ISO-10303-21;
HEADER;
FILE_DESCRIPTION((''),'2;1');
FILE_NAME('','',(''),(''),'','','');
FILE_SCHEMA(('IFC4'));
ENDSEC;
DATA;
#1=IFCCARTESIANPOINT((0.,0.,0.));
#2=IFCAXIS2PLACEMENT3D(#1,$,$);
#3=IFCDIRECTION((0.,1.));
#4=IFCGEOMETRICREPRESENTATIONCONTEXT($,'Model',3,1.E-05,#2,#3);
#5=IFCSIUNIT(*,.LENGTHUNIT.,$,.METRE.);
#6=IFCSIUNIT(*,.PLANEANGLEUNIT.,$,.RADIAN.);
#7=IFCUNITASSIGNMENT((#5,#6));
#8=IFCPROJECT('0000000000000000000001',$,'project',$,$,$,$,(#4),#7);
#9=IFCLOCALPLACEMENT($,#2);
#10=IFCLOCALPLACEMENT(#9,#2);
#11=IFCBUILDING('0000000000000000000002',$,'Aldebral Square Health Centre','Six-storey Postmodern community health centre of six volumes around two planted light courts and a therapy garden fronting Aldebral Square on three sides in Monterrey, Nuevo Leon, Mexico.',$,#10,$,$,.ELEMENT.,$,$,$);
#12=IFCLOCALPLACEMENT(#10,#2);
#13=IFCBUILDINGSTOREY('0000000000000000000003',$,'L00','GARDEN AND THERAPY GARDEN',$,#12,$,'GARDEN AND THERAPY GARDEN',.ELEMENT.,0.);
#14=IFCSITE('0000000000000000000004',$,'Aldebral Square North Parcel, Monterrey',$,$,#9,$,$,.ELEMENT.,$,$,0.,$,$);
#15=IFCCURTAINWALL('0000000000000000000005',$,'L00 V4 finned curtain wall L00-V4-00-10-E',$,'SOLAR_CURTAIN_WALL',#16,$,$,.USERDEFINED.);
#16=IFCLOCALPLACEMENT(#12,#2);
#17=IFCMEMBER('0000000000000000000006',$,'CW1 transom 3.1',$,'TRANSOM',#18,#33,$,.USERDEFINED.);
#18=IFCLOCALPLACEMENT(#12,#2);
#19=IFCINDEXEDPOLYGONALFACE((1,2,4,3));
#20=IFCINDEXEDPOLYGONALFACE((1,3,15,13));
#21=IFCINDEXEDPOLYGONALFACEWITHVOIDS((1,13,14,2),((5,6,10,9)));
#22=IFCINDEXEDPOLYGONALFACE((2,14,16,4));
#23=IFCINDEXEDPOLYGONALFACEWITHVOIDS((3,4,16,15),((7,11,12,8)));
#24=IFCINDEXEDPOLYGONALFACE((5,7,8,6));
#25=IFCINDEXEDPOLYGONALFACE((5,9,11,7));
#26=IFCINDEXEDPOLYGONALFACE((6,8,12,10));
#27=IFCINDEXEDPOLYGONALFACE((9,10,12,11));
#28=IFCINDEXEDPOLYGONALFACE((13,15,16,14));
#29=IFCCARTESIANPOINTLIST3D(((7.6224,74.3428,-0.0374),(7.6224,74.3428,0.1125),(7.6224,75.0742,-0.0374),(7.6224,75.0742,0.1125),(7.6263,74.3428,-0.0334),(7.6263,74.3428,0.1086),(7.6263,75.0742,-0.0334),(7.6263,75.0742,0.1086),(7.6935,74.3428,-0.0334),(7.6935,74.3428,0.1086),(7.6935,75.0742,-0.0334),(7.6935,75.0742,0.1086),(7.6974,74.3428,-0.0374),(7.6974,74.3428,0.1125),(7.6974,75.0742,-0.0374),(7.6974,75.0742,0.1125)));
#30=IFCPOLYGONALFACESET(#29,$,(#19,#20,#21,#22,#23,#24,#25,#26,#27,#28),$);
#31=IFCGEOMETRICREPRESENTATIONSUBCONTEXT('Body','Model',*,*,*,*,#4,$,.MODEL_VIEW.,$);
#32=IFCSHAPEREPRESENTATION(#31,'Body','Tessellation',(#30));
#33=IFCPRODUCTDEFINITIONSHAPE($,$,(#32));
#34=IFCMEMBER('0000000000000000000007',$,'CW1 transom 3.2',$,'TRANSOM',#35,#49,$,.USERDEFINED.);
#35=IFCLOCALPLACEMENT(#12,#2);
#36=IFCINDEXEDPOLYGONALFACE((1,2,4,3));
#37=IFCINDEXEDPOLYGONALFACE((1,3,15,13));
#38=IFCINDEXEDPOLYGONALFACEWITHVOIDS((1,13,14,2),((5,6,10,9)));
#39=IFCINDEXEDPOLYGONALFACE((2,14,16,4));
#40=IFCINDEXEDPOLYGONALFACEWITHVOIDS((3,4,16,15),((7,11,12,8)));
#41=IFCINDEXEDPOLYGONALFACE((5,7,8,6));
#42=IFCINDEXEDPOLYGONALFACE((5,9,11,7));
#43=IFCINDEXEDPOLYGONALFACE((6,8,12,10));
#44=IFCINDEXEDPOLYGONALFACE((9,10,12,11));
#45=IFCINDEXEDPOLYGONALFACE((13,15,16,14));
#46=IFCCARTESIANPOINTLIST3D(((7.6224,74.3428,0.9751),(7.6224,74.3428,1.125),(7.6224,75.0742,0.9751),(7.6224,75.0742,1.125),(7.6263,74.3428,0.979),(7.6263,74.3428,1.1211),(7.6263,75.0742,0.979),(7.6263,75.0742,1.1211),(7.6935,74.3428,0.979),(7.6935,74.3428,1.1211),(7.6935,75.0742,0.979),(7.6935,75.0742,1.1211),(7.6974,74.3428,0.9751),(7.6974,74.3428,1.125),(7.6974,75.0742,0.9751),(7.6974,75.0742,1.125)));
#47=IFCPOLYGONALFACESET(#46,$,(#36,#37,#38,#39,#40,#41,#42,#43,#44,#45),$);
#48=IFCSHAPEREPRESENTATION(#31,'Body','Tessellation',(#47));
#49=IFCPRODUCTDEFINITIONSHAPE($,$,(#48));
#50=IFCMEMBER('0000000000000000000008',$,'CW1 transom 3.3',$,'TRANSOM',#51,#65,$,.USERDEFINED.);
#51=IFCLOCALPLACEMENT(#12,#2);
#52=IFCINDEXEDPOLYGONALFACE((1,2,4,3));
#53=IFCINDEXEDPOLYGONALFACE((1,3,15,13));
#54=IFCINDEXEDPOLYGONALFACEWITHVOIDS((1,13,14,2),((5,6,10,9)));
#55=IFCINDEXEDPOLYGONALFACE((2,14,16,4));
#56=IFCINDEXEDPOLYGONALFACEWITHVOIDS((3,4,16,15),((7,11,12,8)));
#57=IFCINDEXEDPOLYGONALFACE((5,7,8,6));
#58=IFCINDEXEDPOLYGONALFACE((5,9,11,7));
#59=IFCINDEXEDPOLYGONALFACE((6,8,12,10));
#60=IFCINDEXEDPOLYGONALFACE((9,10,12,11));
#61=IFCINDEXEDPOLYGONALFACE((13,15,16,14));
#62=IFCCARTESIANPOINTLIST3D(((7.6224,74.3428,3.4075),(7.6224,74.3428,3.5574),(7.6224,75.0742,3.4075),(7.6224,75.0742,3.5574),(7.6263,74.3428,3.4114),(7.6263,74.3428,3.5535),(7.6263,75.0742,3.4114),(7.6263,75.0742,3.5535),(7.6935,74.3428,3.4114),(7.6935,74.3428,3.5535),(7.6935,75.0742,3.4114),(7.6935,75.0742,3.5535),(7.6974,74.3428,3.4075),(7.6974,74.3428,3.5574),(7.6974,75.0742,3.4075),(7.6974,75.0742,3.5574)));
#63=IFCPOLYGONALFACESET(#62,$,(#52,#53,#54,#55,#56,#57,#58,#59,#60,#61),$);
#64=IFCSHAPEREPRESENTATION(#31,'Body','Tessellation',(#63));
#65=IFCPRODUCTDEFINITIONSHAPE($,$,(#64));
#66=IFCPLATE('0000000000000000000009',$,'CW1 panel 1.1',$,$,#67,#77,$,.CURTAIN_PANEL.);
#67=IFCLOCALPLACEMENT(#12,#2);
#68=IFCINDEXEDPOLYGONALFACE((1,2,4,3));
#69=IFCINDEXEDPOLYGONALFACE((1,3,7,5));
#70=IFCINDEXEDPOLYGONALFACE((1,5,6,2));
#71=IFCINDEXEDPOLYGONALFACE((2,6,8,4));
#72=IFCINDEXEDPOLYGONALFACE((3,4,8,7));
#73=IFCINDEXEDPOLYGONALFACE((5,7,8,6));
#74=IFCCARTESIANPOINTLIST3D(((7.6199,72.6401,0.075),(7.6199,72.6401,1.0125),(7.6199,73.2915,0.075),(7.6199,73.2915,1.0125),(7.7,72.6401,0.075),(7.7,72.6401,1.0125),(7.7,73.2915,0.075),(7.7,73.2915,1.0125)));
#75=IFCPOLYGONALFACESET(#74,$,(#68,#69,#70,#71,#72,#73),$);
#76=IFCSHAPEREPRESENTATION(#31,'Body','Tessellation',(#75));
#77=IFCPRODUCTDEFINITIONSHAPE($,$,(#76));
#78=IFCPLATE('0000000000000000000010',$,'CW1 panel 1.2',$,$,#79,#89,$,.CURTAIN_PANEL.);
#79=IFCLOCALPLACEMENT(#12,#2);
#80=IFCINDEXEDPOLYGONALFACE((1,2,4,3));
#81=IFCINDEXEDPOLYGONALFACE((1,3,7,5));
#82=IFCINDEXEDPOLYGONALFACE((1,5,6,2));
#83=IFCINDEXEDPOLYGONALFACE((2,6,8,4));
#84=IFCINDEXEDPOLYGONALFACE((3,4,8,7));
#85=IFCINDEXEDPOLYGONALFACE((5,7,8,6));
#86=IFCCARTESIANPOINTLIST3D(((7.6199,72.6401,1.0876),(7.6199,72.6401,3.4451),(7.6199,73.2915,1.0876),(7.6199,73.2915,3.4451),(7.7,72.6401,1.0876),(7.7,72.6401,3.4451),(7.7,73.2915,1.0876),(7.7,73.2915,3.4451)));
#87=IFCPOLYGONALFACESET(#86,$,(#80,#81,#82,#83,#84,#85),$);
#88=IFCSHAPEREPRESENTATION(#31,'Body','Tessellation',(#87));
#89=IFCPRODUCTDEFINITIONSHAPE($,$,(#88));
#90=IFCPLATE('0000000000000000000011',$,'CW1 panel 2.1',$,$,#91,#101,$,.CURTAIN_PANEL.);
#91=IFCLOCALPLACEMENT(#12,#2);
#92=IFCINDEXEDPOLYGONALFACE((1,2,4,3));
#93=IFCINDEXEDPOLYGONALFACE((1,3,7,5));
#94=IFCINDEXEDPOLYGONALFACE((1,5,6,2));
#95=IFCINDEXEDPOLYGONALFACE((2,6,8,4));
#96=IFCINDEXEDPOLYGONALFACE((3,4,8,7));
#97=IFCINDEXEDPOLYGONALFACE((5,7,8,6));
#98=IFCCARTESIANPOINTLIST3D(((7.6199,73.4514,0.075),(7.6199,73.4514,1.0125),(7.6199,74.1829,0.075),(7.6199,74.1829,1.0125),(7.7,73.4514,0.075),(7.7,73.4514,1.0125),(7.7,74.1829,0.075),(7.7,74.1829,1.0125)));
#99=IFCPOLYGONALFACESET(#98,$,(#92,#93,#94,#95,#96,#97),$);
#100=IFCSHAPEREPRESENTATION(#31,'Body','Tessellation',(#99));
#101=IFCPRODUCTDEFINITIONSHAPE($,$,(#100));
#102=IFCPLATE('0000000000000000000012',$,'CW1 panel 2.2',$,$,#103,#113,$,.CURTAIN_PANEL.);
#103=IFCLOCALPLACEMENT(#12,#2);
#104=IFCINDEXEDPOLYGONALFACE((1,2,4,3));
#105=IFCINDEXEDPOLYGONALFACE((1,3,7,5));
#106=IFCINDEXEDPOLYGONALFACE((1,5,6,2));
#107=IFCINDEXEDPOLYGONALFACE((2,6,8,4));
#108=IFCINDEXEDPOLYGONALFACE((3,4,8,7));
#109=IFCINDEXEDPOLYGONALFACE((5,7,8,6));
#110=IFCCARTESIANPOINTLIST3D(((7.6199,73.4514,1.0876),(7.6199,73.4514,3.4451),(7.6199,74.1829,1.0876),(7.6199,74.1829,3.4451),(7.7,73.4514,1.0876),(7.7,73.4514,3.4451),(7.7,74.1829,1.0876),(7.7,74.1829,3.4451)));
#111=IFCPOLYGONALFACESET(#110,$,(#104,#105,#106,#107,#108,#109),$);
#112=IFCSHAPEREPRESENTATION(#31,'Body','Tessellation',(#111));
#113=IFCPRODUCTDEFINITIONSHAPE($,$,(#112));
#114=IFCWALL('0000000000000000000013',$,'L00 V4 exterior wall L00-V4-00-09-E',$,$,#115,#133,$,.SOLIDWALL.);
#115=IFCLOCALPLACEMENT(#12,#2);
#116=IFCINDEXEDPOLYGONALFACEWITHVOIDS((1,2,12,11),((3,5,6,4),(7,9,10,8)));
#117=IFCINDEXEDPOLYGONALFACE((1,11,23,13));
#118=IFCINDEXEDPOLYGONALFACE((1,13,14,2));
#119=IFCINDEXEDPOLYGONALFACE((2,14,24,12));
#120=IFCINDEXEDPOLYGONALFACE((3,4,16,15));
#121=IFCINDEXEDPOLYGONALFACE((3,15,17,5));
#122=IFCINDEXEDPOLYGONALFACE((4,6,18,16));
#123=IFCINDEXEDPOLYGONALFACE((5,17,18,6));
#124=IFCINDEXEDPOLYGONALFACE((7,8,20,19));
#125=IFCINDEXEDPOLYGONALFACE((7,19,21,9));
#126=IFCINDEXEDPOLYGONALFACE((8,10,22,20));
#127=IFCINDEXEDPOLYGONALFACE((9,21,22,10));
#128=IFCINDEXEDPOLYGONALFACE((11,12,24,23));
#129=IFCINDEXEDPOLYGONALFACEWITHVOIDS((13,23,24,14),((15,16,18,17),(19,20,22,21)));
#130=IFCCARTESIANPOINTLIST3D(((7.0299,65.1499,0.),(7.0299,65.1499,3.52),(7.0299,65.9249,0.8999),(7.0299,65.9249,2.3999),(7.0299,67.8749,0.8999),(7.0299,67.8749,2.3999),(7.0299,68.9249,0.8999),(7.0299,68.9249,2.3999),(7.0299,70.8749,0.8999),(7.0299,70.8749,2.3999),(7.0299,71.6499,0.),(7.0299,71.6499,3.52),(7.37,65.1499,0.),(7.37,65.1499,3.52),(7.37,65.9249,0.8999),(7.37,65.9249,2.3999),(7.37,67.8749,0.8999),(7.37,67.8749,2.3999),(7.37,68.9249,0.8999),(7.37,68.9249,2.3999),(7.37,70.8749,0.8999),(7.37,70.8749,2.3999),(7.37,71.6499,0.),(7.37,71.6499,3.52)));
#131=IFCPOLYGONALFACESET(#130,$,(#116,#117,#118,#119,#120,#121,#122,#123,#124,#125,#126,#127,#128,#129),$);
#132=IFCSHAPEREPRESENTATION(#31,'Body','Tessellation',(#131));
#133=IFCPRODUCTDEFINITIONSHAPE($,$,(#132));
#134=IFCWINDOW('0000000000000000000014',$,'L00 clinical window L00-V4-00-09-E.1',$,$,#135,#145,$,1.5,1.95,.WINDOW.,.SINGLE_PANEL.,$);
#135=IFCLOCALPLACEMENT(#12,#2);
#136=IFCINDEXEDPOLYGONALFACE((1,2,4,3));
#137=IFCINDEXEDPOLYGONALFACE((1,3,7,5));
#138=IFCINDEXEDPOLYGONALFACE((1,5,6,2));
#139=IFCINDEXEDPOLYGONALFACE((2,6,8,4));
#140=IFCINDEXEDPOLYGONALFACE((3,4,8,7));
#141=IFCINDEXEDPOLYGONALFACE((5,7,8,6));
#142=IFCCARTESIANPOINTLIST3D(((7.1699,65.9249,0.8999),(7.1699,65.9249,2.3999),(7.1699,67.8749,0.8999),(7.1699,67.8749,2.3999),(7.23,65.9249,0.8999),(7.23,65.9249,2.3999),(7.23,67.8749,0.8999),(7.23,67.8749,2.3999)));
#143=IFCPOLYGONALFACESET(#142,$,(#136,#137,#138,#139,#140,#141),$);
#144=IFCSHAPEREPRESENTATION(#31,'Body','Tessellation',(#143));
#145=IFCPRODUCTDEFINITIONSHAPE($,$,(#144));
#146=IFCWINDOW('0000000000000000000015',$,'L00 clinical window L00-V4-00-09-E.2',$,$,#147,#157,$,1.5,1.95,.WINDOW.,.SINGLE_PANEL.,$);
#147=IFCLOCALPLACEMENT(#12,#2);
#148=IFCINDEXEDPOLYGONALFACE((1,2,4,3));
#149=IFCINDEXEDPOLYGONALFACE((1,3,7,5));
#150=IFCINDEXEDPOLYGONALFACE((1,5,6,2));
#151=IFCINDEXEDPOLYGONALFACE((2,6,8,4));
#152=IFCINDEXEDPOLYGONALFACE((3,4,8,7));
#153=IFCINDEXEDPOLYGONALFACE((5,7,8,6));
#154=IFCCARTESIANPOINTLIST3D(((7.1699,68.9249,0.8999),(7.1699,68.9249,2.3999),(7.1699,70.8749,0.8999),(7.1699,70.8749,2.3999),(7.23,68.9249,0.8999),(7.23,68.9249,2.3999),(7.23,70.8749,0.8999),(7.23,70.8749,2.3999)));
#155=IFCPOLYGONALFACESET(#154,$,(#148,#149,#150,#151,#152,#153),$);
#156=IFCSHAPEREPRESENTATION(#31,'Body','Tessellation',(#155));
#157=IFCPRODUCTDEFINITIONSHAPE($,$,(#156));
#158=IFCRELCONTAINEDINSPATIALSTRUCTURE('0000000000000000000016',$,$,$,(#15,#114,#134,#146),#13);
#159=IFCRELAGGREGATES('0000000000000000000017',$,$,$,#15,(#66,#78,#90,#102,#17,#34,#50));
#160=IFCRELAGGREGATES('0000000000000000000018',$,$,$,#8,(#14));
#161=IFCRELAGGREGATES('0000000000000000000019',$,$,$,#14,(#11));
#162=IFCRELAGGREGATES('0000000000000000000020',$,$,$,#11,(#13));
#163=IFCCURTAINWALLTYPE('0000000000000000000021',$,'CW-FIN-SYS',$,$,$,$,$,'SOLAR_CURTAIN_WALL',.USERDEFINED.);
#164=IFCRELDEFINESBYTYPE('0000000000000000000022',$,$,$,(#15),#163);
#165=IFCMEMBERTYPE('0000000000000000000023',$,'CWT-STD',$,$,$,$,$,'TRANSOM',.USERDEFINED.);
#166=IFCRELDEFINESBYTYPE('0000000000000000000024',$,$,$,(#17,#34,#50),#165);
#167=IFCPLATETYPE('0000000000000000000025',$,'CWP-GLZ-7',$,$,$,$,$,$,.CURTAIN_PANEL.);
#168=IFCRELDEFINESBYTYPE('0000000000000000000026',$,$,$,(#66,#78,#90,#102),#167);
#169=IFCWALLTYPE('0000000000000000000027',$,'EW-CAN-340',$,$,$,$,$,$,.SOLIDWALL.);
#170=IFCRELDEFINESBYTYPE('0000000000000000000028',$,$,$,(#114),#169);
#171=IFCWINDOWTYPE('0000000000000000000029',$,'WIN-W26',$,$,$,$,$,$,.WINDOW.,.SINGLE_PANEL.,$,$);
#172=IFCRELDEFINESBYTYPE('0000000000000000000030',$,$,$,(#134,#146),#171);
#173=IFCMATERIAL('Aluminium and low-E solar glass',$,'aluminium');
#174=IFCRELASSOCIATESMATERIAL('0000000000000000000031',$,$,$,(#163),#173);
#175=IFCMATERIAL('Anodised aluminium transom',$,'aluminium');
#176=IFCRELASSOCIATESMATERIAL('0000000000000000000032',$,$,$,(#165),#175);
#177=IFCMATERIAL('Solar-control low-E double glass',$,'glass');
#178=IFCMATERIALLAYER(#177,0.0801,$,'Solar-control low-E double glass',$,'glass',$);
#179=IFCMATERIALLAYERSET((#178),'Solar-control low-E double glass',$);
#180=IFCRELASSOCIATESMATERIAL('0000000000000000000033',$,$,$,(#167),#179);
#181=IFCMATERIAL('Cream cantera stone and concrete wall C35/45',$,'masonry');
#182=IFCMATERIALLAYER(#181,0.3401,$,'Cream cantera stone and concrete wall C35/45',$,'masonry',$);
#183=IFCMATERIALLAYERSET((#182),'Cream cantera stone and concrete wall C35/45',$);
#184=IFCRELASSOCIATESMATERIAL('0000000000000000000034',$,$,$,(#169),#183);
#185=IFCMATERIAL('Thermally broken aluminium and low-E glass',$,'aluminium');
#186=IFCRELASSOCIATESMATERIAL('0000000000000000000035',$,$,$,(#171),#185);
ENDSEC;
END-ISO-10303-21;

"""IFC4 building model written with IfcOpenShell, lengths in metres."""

from ifc_helpers import new_model, si_unit, direction, frame, frame_2d, origin, origin_2d, place, context, subcontext, project, spatial, rectangle, hollow_rectangle, extrude, material, layer, layer_set, material_profile, profile_set, type_object, element, fill, aggregate, save


model = new_model("IFC4")

# Units and contexts
model_context = context("Model", 3, precision=1e-05, world=origin(), true_north=direction((0.0, 1.0)))
body_context = subcontext(model_context, "Body", "Model", "MODEL_VIEW")
ifc_project = project(units=[si_unit("LENGTHUNIT", "METRE"), si_unit("PLANEANGLEUNIT", "RADIAN")], contexts=[model_context])

# Site, building, storey
site_placement = place(None, origin())
site = spatial("IfcSite", under=ifc_project, at=site_placement, Name="Aldebral Square North Parcel, Monterrey", CompositionType="ELEMENT", RefElevation=0.0)
building_placement = place(site_placement, origin())
building = spatial("IfcBuilding", under=site, at=building_placement, Name="Aldebral Square Health Centre", Description="Six-storey Postmodern community health centre of six volumes around two planted light courts and a therapy garden fronting Aldebral Square on three sides in Monterrey, Nuevo Leon, Mexico.", CompositionType="ELEMENT")
storey_placement = place(building_placement, origin())
storey = spatial("IfcBuildingStorey", under=building, at=storey_placement, Name="L00", Description="GARDEN AND THERAPY GARDEN", LongName="GARDEN AND THERAPY GARDEN", CompositionType="ELEMENT", Elevation=0.0)

# Curtain wall, members, plates
ifc_material_1 = material(Name="Aluminium and low-E solar glass", Category="aluminium")
curtain_wall_type = type_object("IfcCurtainWallType", Name="CW-FIN-SYS", ElementType="SOLAR_CURTAIN_WALL", PredefinedType="USERDEFINED", material=ifc_material_1)
curtain_wall_placement = place(storey_placement, origin())
curtain_wall = element("IfcCurtainWall", 1, at=curtain_wall_placement, inside=storey, type_object=curtain_wall_type, Name="L00 V4 finned curtain wall L00-V4-00-10-E", ObjectType="SOLAR_CURTAIN_WALL", PredefinedType="USERDEFINED")
ifc_material_2 = material(Name="Anodised aluminium transom", Category="aluminium")
ifc_material_profile_1 = material_profile(ifc_material_2, hollow_rectangle(XDim=0.075, YDim=0.1499, WallThickness=0.0039, at=origin_2d()), Name="CWT 75x150x4")
ifc_profile_set_1 = profile_set([ifc_material_profile_1], Name="Anodised aluminium transom")
member_type_1 = type_object("IfcMemberType", Name="CWT-STD", ElementType="TRANSOM", PredefinedType="USERDEFINED", material=ifc_profile_set_1)
member_1_placement = place(storey_placement, frame((7.6599, 74.3428, 0.0376), z_axis=(0.0, 1.0, 0.0), x_axis=(-1.0, 0.0, 0.0)))
member_1 = element("IfcMember", 2, at=member_1_placement, type_object=member_type_1, Name="CW1 transom 3.1", ObjectType="TRANSOM", PredefinedType="USERDEFINED", context=body_context, shape_type="SweptSolid", body=[
    extrude(hollow_rectangle(XDim=0.075, YDim=0.1499, WallThickness=0.0039, at=origin_2d()), origin(), (0.0, 0.0, 1.0), 0.7314),
])
member_2_placement = place(storey_placement, frame((7.6599, 74.3428, 1.05), z_axis=(0.0, 1.0, 0.0), x_axis=(-1.0, 0.0, 0.0)))
member_2 = element("IfcMember", 3, at=member_2_placement, type_object=member_type_1, Name="CW1 transom 3.2", ObjectType="TRANSOM", PredefinedType="USERDEFINED", context=body_context, shape_type="SweptSolid", body=[
    extrude(hollow_rectangle(XDim=0.075, YDim=0.1499, WallThickness=0.0039, at=origin_2d()), origin(), (0.0, 0.0, 1.0), 0.7314),
])
member_3_placement = place(storey_placement, frame((7.6599, 74.3428, 3.4824), z_axis=(0.0, 1.0, 0.0), x_axis=(-1.0, 0.0, 0.0)))
member_3 = element("IfcMember", 4, at=member_3_placement, type_object=member_type_1, Name="CW1 transom 3.3", ObjectType="TRANSOM", PredefinedType="USERDEFINED", context=body_context, shape_type="SweptSolid", body=[
    extrude(hollow_rectangle(XDim=0.075, YDim=0.1499, WallThickness=0.0039, at=origin_2d()), origin(), (0.0, 0.0, 1.0), 0.7314),
])
ifc_material_3 = material(Name="Solar-control low-E double glass", Category="glass")
ifc_layer_1 = layer(ifc_material_3, 0.0801, Name="Solar-control low-E double glass", Category="glass")
ifc_layer_set_1 = layer_set([ifc_layer_1], Name="Solar-control low-E double glass")
plate_type = type_object("IfcPlateType", Name="CWP-GLZ-7", PredefinedType="CURTAIN_PANEL", material=ifc_layer_set_1)
plate_1_placement = place(storey_placement, frame((7.6599, 72.9658, 0.075), z_axis=(0.0, 0.0, 1.0), x_axis=(0.0, 1.0, 0.0)))
plate_1 = element("IfcPlate", 5, at=plate_1_placement, type_object=plate_type, Name="CW1 panel 1.1", PredefinedType="CURTAIN_PANEL", context=body_context, shape_type="SweptSolid", body=[
    extrude(rectangle(XDim=0.6514, YDim=0.0801, at=origin_2d()), origin(), (0.0, 0.0, 1.0), 0.9375),
])
plate_2_placement = place(storey_placement, frame((7.6599, 72.9658, 1.0876), z_axis=(0.0, 0.0, 1.0), x_axis=(0.0, 1.0, 0.0)))
plate_2 = element("IfcPlate", 6, at=plate_2_placement, type_object=plate_type, Name="CW1 panel 1.2", PredefinedType="CURTAIN_PANEL", context=body_context, shape_type="SweptSolid", body=[
    extrude(rectangle(XDim=0.6514, YDim=0.0801, at=origin_2d()), origin(), (0.0, 0.0, 1.0), 2.3574),
])
plate_3_placement = place(storey_placement, frame((7.6599, 73.8171, 0.075), z_axis=(0.0, 0.0, 1.0), x_axis=(0.0, 1.0, 0.0)))
plate_3 = element("IfcPlate", 7, at=plate_3_placement, type_object=plate_type, Name="CW1 panel 2.1", PredefinedType="CURTAIN_PANEL", context=body_context, shape_type="SweptSolid", body=[
    extrude(rectangle(XDim=0.7314, YDim=0.0801, at=origin_2d()), origin(), (0.0, 0.0, 1.0), 0.9375),
])
plate_4_placement = place(storey_placement, frame((7.6599, 73.8171, 1.0876), z_axis=(0.0, 0.0, 1.0), x_axis=(0.0, 1.0, 0.0)))
plate_4 = element("IfcPlate", 8, at=plate_4_placement, type_object=plate_type, Name="CW1 panel 2.2", PredefinedType="CURTAIN_PANEL", context=body_context, shape_type="SweptSolid", body=[
    extrude(rectangle(XDim=0.7314, YDim=0.0801, at=origin_2d()), origin(), (0.0, 0.0, 1.0), 2.3574),
])
aggregate(curtain_wall, [plate_1, plate_2, plate_3, plate_4, member_1, member_2, member_3])

# Wall, openings, windows
ifc_material_4 = material(Name="Cream cantera stone and concrete wall C35/45", Category="masonry")
ifc_layer_2 = layer(ifc_material_4, 0.3401, Name="Cream cantera stone and concrete wall C35/45", Category="masonry")
ifc_layer_set_2 = layer_set([ifc_layer_2], Name="Cream cantera stone and concrete wall C35/45")
wall_type_1 = type_object("IfcWallType", Name="EW-CAN-340", PredefinedType="SOLIDWALL", material=ifc_layer_set_2)
wall_1_placement = place(storey_placement, frame((7.2, 65.1499, 0.0), z_axis=(0.0, 0.0, 1.0), x_axis=(0.0, 1.0, 0.0)))
wall_1 = element("IfcWall", 9, at=wall_1_placement, inside=storey, type_object=wall_type_1, Name="L00 V4 exterior wall L00-V4-00-09-E", PredefinedType="SOLIDWALL", context=body_context, shape_type="SweptSolid", body=[
    extrude(rectangle(XDim=6.5, YDim=0.3401, at=frame_2d((3.25, 0.0))), origin(), (0.0, 0.0, 1.0), 3.52),
])
opening_1_placement = place(wall_1_placement, frame((0.7749, 0.0, 0.8999)))
opening_1 = element("IfcOpeningElement", 10, at=opening_1_placement, cuts=wall_1, PredefinedType="OPENING", context=body_context, shape_type="SweptSolid", body=[
    extrude(rectangle(XDim=1.95, YDim=1.5, at=frame_2d((0.9751, 0.75))), frame((0.0, 0.1802, 0.0), z_axis=(0.0, -1.0, 0.0), x_axis=(1.0, 0.0, 0.0)), (0.0, 0.0, 1.0), 0.3601),
])
opening_2_placement = place(wall_1_placement, frame((3.7749, 0.0, 0.8999)))
opening_2 = element("IfcOpeningElement", 11, at=opening_2_placement, cuts=wall_1, PredefinedType="OPENING", context=body_context, shape_type="SweptSolid", body=[
    extrude(rectangle(XDim=1.95, YDim=1.5, at=frame_2d((0.9751, 0.75))), frame((0.0, 0.1802, 0.0), z_axis=(0.0, -1.0, 0.0), x_axis=(1.0, 0.0, 0.0)), (0.0, 0.0, 1.0), 0.3601),
])
ifc_material_5 = material(Name="Thermally broken aluminium and low-E glass", Category="aluminium")
window_type = type_object("IfcWindowType", Name="WIN-W26", PartitioningType="SINGLE_PANEL", PredefinedType="WINDOW", material=ifc_material_5)
window_1_placement = place(opening_1_placement, origin())
window_1 = element("IfcWindow", 12, at=window_1_placement, inside=storey, type_object=window_type, Name="L00 clinical window L00-V4-00-09-E.1", OverallHeight=1.5, OverallWidth=1.95, PartitioningType="SINGLE_PANEL", PredefinedType="WINDOW", context=body_context, shape_type="SweptSolid", body=[
    extrude(rectangle(XDim=1.95, YDim=1.5, at=frame_2d((0.9751, 0.75))), frame((0.0, 0.03, 0.0), z_axis=(0.0, -1.0, 0.0), x_axis=(1.0, 0.0, 0.0)), (0.0, 0.0, 1.0), 0.0601),
])
fill(opening_1, window_1)
window_2_placement = place(opening_2_placement, origin())
window_2 = element("IfcWindow", 13, at=window_2_placement, inside=storey, type_object=window_type, Name="L00 clinical window L00-V4-00-09-E.2", OverallHeight=1.5, OverallWidth=1.95, PartitioningType="SINGLE_PANEL", PredefinedType="WINDOW", context=body_context, shape_type="SweptSolid", body=[
    extrude(rectangle(XDim=1.95, YDim=1.5, at=frame_2d((0.9751, 0.75))), frame((0.0, 0.03, 0.0), z_axis=(0.0, -1.0, 0.0), x_axis=(1.0, 0.0, 0.0)), (0.0, 0.0, 1.0), 0.0601),
])
fill(opening_2, window_2)

save(model, "model.ifc")
